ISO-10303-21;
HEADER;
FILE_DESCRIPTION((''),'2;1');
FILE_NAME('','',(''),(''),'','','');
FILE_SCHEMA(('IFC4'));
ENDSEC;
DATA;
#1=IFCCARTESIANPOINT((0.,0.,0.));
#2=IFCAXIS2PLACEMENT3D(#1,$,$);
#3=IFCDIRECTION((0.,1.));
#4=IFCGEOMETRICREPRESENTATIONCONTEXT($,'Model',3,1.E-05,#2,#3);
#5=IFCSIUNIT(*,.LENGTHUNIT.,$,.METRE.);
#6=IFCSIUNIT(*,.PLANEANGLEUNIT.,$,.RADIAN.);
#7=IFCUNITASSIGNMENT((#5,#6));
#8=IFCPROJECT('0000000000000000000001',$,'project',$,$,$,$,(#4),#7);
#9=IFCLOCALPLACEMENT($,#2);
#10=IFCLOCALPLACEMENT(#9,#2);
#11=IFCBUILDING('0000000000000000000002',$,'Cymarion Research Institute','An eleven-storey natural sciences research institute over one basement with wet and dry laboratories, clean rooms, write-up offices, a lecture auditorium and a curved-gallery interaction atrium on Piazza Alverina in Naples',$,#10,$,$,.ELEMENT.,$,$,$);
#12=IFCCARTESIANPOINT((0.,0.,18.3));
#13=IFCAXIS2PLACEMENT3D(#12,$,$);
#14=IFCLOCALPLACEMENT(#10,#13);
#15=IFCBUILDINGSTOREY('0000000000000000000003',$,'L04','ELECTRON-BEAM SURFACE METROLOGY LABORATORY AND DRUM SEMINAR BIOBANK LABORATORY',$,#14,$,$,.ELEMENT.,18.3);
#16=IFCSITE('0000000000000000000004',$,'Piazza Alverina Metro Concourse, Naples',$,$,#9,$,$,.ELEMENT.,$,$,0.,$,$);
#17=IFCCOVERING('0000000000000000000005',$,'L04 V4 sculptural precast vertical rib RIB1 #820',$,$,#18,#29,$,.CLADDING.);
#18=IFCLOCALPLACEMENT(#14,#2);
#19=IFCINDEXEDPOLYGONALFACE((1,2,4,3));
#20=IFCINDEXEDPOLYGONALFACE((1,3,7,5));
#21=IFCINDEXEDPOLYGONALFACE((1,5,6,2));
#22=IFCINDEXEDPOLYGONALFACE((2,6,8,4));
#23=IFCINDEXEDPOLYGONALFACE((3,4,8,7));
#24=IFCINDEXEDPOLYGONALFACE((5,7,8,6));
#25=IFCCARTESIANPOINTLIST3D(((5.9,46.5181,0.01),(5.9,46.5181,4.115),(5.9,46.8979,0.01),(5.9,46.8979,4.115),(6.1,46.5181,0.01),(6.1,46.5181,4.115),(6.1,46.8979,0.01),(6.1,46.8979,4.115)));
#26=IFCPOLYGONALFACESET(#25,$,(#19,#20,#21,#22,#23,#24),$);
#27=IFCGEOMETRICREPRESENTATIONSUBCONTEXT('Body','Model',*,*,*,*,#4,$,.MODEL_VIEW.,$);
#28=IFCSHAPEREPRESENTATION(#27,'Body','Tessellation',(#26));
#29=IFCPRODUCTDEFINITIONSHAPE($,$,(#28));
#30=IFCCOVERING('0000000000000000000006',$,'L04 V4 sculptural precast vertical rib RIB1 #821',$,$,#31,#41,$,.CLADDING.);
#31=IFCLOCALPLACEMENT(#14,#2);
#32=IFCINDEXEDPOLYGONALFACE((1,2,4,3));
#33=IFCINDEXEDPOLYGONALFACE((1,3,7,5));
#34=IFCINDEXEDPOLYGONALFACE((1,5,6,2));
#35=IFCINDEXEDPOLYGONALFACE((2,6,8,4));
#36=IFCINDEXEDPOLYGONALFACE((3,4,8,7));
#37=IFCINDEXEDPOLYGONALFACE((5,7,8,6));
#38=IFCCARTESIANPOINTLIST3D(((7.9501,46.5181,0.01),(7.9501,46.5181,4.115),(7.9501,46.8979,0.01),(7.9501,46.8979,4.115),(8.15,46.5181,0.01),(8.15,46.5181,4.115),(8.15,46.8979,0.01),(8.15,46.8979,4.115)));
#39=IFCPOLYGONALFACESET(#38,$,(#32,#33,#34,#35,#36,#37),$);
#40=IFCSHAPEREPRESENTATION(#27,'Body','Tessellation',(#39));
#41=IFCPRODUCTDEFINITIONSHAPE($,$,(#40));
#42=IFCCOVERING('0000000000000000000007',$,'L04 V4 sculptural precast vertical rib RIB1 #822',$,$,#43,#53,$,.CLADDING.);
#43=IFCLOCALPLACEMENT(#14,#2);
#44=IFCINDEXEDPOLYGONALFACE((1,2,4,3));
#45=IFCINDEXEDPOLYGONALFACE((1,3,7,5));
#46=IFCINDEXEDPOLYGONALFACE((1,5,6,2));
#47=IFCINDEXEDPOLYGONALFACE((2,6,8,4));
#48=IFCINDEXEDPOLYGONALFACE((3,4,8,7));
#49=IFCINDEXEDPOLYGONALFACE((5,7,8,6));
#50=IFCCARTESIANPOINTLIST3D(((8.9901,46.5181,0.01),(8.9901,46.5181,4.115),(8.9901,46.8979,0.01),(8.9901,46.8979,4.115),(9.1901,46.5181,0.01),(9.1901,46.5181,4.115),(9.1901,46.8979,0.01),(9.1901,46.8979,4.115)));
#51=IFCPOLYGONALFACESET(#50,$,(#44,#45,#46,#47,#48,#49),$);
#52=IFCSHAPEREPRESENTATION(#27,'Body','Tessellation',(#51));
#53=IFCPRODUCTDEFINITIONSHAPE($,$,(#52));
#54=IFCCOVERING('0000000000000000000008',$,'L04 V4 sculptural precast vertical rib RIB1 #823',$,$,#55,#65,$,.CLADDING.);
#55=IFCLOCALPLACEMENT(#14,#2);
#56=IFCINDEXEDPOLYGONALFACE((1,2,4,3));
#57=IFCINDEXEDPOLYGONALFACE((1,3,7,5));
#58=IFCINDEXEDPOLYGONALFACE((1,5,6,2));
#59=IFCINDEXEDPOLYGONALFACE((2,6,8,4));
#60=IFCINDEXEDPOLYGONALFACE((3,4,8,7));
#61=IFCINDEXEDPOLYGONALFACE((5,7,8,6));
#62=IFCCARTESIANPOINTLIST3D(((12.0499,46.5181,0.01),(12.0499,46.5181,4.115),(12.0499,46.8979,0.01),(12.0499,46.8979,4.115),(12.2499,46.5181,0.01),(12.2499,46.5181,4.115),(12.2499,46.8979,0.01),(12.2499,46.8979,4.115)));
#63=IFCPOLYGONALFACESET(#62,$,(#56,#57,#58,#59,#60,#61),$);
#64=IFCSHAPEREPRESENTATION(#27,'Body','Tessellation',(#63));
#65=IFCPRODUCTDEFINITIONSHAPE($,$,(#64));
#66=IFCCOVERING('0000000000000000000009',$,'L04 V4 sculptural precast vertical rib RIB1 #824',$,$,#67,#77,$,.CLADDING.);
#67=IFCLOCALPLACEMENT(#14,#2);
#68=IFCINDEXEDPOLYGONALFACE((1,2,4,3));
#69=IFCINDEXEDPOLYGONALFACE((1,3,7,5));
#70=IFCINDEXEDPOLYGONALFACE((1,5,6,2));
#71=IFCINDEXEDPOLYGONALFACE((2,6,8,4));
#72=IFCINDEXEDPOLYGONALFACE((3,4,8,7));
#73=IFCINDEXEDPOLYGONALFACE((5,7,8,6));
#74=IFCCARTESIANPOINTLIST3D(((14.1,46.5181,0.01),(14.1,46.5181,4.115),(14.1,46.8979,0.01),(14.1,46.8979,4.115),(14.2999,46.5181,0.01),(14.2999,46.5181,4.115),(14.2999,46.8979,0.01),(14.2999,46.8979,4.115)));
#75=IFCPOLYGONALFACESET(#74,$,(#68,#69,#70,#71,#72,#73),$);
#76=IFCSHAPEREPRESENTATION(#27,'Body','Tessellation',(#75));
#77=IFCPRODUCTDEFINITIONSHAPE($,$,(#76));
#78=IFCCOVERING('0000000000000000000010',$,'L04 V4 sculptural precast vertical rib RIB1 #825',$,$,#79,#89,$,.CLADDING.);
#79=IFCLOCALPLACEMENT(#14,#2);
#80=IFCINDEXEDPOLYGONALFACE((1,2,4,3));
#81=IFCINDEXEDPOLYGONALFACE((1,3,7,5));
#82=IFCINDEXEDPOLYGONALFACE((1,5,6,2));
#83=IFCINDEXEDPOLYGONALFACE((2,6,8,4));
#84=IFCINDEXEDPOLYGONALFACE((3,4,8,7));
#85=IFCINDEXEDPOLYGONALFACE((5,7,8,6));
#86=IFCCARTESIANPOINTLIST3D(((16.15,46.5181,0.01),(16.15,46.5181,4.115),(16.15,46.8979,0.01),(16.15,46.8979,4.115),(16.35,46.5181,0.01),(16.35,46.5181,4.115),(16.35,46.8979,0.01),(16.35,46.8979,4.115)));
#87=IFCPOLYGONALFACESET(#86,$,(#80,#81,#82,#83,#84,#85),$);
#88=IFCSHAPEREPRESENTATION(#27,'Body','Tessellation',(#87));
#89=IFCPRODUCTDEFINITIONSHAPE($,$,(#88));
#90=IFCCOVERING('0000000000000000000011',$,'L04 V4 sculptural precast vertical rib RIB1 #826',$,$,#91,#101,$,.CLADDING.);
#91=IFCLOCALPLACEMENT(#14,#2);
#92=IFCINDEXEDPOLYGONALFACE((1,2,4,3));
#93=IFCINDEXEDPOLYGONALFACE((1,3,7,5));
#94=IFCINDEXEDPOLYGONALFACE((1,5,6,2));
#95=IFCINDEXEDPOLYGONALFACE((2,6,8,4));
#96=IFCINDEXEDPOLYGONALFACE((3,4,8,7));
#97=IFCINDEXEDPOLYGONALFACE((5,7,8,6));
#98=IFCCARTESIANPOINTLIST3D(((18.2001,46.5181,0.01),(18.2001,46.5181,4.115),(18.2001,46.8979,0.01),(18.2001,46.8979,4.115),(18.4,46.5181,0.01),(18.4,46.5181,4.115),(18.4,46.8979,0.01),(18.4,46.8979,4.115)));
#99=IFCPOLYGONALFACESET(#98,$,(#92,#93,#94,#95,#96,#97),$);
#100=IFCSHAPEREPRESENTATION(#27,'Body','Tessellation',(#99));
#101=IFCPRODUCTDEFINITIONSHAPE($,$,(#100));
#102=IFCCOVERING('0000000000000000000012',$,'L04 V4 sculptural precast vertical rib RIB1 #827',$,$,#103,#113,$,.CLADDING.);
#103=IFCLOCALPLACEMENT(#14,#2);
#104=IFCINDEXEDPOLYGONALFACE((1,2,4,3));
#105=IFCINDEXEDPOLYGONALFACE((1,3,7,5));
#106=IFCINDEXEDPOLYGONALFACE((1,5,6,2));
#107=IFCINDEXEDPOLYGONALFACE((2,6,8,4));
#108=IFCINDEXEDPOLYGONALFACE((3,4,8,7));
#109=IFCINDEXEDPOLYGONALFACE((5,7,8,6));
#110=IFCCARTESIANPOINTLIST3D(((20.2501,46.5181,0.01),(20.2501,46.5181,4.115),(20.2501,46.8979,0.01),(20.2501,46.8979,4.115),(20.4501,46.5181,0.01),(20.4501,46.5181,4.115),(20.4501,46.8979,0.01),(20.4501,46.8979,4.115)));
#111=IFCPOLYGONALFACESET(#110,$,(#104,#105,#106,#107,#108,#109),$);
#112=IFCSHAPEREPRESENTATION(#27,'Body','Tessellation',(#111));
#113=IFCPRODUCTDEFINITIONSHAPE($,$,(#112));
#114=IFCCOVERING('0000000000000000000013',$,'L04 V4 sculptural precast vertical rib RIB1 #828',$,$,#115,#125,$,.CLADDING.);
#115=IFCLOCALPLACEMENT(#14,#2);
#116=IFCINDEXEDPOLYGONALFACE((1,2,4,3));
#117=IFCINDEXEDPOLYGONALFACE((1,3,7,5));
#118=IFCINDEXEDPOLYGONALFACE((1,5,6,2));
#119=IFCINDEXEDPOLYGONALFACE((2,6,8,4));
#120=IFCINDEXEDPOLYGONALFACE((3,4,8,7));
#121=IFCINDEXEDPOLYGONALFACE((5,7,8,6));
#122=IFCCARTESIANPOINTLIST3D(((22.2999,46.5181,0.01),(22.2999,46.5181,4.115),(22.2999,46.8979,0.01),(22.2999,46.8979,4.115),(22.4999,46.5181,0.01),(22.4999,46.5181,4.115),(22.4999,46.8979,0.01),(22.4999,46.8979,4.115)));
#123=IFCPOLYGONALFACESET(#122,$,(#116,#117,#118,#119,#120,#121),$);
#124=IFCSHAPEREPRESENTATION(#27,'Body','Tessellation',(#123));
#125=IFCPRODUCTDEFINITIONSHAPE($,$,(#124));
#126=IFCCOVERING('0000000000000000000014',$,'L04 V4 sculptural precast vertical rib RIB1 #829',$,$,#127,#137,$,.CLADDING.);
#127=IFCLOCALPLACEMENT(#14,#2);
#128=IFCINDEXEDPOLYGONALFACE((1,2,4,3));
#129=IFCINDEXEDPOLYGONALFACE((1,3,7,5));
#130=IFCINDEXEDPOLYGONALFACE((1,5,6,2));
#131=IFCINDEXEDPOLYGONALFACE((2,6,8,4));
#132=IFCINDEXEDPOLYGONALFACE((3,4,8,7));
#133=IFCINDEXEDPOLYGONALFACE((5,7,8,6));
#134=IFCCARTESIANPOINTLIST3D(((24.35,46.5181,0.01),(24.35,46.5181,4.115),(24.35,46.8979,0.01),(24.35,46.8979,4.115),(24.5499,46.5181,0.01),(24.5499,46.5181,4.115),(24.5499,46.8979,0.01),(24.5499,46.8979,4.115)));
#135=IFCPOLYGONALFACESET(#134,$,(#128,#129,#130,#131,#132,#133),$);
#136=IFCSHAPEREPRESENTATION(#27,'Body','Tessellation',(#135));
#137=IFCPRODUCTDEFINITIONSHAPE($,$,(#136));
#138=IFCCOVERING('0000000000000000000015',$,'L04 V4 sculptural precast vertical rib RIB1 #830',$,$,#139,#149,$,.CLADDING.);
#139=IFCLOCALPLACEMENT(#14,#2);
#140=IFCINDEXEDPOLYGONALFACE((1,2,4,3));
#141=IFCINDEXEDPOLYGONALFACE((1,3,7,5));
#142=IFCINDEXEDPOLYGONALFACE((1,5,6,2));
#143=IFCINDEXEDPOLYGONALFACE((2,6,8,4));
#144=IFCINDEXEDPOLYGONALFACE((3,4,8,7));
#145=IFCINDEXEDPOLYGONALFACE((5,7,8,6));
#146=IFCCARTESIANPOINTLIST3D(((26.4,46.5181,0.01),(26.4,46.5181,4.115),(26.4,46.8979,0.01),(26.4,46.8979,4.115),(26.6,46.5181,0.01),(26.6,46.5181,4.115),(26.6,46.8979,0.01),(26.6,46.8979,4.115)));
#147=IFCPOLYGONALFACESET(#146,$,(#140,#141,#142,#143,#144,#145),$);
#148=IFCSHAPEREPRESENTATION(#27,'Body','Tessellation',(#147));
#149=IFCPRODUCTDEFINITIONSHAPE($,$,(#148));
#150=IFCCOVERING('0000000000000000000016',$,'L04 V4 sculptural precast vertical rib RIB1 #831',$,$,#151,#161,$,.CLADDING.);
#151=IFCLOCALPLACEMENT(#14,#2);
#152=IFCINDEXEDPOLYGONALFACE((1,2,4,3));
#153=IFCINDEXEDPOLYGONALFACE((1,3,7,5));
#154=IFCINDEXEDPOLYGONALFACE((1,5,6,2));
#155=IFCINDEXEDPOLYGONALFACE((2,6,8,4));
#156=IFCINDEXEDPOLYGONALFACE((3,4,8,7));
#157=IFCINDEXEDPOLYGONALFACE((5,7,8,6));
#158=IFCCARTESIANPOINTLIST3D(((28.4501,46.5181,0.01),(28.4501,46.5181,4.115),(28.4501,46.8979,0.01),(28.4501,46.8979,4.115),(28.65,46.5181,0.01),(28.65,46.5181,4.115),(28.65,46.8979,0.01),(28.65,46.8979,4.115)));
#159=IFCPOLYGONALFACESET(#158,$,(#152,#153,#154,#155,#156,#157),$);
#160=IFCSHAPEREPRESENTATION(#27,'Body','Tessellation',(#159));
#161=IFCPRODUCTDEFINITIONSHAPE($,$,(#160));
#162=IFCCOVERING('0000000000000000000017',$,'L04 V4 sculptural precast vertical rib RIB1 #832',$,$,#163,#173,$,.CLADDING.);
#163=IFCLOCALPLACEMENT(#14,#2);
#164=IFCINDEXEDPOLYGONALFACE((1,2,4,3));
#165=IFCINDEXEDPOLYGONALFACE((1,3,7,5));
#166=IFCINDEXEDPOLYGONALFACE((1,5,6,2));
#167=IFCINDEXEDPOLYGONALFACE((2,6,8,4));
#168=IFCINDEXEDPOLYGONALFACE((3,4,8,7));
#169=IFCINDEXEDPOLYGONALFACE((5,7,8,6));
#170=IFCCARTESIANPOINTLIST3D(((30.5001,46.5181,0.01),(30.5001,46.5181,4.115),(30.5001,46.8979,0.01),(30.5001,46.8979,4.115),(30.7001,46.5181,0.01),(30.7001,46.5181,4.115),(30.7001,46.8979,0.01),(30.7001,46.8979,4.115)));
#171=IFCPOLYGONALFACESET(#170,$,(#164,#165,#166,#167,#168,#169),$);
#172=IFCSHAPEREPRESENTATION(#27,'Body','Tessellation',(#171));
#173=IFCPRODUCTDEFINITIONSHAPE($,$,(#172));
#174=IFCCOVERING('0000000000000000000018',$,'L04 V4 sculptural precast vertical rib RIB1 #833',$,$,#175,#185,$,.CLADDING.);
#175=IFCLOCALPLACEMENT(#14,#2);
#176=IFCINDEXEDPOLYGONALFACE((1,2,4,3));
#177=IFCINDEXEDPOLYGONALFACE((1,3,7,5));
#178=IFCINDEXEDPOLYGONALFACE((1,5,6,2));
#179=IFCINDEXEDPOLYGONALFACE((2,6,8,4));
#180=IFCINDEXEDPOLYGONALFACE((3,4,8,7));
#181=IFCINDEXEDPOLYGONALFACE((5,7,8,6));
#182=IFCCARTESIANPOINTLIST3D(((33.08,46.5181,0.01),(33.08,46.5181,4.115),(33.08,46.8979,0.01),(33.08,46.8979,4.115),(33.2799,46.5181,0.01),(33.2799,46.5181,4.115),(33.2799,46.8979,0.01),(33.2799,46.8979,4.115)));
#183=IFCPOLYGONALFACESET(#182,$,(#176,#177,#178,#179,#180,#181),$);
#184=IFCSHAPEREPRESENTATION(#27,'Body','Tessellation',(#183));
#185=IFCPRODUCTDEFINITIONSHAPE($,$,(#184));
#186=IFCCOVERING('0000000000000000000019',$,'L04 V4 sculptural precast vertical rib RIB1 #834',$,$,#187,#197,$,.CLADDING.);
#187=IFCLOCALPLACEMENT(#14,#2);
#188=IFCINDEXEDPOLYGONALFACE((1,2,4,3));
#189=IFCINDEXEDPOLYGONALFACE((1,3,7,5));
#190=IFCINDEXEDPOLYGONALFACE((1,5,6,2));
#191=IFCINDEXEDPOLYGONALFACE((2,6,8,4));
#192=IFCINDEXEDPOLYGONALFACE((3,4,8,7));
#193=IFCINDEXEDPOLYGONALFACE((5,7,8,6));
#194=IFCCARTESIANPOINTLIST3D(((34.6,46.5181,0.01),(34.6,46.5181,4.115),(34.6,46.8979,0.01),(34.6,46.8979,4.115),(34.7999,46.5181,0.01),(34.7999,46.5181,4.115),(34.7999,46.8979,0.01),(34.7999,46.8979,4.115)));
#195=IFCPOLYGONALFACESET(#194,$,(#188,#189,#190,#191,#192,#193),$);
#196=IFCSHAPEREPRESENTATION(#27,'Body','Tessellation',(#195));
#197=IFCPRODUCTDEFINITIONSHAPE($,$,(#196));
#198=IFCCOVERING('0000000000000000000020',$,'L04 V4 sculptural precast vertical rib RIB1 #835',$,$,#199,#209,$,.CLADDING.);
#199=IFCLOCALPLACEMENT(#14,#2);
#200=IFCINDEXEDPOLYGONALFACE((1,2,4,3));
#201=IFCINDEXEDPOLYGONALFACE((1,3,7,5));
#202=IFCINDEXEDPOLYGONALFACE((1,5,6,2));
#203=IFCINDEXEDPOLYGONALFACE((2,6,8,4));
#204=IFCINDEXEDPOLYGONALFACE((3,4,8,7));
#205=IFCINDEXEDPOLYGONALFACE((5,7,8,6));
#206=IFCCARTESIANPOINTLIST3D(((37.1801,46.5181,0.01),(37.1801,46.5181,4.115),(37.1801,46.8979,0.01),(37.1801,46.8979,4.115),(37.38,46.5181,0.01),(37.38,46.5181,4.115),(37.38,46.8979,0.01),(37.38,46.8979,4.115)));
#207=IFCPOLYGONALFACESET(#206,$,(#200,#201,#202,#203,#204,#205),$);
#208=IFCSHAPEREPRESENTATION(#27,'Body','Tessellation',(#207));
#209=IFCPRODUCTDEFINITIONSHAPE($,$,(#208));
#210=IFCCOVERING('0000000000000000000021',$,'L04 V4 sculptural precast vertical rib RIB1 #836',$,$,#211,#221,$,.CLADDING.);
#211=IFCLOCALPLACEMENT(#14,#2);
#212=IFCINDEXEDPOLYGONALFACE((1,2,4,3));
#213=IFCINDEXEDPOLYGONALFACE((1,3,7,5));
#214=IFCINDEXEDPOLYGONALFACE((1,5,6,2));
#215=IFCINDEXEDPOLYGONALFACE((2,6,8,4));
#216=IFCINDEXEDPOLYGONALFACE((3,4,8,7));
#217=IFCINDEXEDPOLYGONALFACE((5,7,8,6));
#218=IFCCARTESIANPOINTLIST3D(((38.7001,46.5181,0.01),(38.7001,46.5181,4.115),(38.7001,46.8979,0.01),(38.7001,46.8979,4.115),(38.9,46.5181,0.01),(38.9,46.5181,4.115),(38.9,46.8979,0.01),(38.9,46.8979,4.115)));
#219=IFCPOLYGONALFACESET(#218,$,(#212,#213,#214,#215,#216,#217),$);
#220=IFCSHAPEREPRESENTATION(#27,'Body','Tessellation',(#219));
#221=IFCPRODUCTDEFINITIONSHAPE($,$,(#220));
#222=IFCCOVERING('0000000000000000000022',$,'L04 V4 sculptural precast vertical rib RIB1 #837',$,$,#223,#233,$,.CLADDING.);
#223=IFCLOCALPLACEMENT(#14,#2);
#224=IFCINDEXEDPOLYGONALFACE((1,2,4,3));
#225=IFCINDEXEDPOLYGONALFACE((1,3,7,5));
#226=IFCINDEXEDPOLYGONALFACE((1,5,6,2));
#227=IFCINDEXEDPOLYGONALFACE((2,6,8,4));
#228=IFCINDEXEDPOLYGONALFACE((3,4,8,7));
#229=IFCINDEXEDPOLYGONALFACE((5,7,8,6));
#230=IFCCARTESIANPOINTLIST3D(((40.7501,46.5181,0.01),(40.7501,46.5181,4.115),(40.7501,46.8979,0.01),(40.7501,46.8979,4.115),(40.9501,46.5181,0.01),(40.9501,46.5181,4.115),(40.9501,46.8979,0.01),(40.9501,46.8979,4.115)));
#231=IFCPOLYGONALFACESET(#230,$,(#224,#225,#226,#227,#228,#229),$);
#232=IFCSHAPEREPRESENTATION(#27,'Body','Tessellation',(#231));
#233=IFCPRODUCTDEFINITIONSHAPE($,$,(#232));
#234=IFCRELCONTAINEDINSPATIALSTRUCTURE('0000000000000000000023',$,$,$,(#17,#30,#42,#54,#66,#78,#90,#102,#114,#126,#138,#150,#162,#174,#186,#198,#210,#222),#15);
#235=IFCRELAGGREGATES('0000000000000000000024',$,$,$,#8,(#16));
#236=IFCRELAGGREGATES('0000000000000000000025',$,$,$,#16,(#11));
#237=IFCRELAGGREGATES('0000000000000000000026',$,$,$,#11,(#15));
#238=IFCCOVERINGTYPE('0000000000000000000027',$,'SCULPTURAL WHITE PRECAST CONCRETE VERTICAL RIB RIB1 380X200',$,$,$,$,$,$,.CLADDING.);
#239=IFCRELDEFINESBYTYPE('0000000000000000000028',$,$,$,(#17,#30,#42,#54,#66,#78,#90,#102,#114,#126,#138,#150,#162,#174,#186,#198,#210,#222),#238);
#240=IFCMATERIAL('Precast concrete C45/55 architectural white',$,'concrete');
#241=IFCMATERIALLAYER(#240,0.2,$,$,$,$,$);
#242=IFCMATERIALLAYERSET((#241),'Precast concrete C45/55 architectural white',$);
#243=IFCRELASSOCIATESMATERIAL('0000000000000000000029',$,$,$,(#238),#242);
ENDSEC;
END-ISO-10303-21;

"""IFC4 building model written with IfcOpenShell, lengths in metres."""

from ifc_helpers import new_model, si_unit, direction, frame, origin, origin_2d, place, context, subcontext, project, spatial, rectangle, extrude, material, layer, layer_set, type_object, element, save


model = new_model("IFC4")

# Units and contexts
model_context = context("Model", 3, precision=1e-05, world=origin(), true_north=direction((0.0, 1.0)))
body_context = subcontext(model_context, "Body", "Model", "MODEL_VIEW")
ifc_project = project(units=[si_unit("LENGTHUNIT", "METRE"), si_unit("PLANEANGLEUNIT", "RADIAN")], contexts=[model_context])

# Site, building, storey
site_placement = place(None, origin())
site = spatial("IfcSite", under=ifc_project, at=site_placement, Name="Piazza Alverina Metro Concourse, Naples", CompositionType="ELEMENT", RefElevation=0.0)
building_placement = place(site_placement, origin())
building = spatial("IfcBuilding", under=site, at=building_placement, Name="Cymarion Research Institute", Description="An eleven-storey natural sciences research institute over one basement with wet and dry laboratories, clean rooms, write-up offices, a lecture auditorium and a curved-gallery interaction atrium on Piazza Alverina in Naples", CompositionType="ELEMENT")
storey_placement = place(building_placement, frame((0.0, 0.0, 18.3)))
storey = spatial("IfcBuildingStorey", under=building, at=storey_placement, Name="L04", Description="ELECTRON-BEAM SURFACE METROLOGY LABORATORY AND DRUM SEMINAR BIOBANK LABORATORY", CompositionType="ELEMENT", Elevation=18.3)

# Coverings
ifc_material_1 = material(Name="Precast concrete C45/55 architectural white", Category="concrete")
ifc_layer_1 = layer(ifc_material_1, 0.2)
ifc_layer_set_1 = layer_set([ifc_layer_1], Name="Precast concrete C45/55 architectural white")
covering_type_1 = type_object("IfcCoveringType", Name="SCULPTURAL WHITE PRECAST CONCRETE VERTICAL RIB RIB1 380X200", PredefinedType="CLADDING", material=ifc_layer_set_1)
for number, where, z_axis, x_axis, name in (
    (1, (6.0, 46.708, 0.01), (0.0, 0.0, 1.0), (0.0, -1.0, 0.0), "L04 V4 sculptural precast vertical rib RIB1 #820"),
    (2, (8.05, 46.708, 0.01), (0.0, 0.0, 1.0), (0.0, -1.0, 0.0), "L04 V4 sculptural precast vertical rib RIB1 #821"),
    (3, (9.0901, 46.708, 0.01), (0.0, 0.0, 1.0), (0.0, -1.0, 0.0), "L04 V4 sculptural precast vertical rib RIB1 #822"),
    (4, (12.1499, 46.708, 0.01), (0.0, 0.0, 1.0), (0.0, -1.0, 0.0), "L04 V4 sculptural precast vertical rib RIB1 #823"),
    (5, (14.2, 46.708, 0.01), (0.0, 0.0, 1.0), (0.0, -1.0, 0.0), "L04 V4 sculptural precast vertical rib RIB1 #824"),
    (6, (16.25, 46.708, 0.01), (0.0, 0.0, 1.0), (0.0, -1.0, 0.0), "L04 V4 sculptural precast vertical rib RIB1 #825"),
    (7, (18.3, 46.708, 0.01), (0.0, 0.0, 1.0), (0.0, -1.0, 0.0), "L04 V4 sculptural precast vertical rib RIB1 #826"),
    (8, (20.3501, 46.708, 0.01), (0.0, 0.0, 1.0), (0.0, -1.0, 0.0), "L04 V4 sculptural precast vertical rib RIB1 #827"),
    (9, (22.3999, 46.708, 0.01), (0.0, 0.0, 1.0), (0.0, -1.0, 0.0), "L04 V4 sculptural precast vertical rib RIB1 #828"),
    (10, (24.45, 46.708, 0.01), (0.0, 0.0, 1.0), (0.0, -1.0, 0.0), "L04 V4 sculptural precast vertical rib RIB1 #829"),
    (11, (26.5, 46.708, 0.01), (0.0, 0.0, 1.0), (0.0, -1.0, 0.0), "L04 V4 sculptural precast vertical rib RIB1 #830"),
    (12, (28.55, 46.708, 0.01), (0.0, 0.0, 1.0), (0.0, -1.0, 0.0), "L04 V4 sculptural precast vertical rib RIB1 #831"),
    (13, (30.6001, 46.708, 0.01), (0.0, 0.0, 1.0), (0.0, -1.0, 0.0), "L04 V4 sculptural precast vertical rib RIB1 #832"),
    (14, (33.1799, 46.708, 0.01), (0.0, 0.0, 1.0), (0.0, -1.0, 0.0), "L04 V4 sculptural precast vertical rib RIB1 #833"),
    (15, (34.7, 46.708, 0.01), (0.0, 0.0, 1.0), (0.0, -1.0, 0.0), "L04 V4 sculptural precast vertical rib RIB1 #834"),
    (16, (37.28, 46.708, 0.01), (0.0, 0.0, 1.0), (0.0, -1.0, 0.0), "L04 V4 sculptural precast vertical rib RIB1 #835"),
    (17, (38.8, 46.708, 0.01), (0.0, 0.0, 1.0), (0.0, -1.0, 0.0), "L04 V4 sculptural precast vertical rib RIB1 #836"),
    (18, (40.8501, 46.708, 0.01), (0.0, 0.0, 1.0), (0.0, -1.0, 0.0), "L04 V4 sculptural precast vertical rib RIB1 #837"),
):
    element("IfcCovering", number, at=place(storey_placement, frame(where, z_axis=z_axis, x_axis=x_axis)), inside=storey, type_object=covering_type_1, Name=name, PredefinedType="CLADDING", context=body_context, shape_type="SweptSolid", body=[
        extrude(rectangle(XDim=0.3799, YDim=0.2, at=origin_2d()), origin(), (0.0, 0.0, 1.0), 4.105),
    ])

save(model, "model.ifc")
